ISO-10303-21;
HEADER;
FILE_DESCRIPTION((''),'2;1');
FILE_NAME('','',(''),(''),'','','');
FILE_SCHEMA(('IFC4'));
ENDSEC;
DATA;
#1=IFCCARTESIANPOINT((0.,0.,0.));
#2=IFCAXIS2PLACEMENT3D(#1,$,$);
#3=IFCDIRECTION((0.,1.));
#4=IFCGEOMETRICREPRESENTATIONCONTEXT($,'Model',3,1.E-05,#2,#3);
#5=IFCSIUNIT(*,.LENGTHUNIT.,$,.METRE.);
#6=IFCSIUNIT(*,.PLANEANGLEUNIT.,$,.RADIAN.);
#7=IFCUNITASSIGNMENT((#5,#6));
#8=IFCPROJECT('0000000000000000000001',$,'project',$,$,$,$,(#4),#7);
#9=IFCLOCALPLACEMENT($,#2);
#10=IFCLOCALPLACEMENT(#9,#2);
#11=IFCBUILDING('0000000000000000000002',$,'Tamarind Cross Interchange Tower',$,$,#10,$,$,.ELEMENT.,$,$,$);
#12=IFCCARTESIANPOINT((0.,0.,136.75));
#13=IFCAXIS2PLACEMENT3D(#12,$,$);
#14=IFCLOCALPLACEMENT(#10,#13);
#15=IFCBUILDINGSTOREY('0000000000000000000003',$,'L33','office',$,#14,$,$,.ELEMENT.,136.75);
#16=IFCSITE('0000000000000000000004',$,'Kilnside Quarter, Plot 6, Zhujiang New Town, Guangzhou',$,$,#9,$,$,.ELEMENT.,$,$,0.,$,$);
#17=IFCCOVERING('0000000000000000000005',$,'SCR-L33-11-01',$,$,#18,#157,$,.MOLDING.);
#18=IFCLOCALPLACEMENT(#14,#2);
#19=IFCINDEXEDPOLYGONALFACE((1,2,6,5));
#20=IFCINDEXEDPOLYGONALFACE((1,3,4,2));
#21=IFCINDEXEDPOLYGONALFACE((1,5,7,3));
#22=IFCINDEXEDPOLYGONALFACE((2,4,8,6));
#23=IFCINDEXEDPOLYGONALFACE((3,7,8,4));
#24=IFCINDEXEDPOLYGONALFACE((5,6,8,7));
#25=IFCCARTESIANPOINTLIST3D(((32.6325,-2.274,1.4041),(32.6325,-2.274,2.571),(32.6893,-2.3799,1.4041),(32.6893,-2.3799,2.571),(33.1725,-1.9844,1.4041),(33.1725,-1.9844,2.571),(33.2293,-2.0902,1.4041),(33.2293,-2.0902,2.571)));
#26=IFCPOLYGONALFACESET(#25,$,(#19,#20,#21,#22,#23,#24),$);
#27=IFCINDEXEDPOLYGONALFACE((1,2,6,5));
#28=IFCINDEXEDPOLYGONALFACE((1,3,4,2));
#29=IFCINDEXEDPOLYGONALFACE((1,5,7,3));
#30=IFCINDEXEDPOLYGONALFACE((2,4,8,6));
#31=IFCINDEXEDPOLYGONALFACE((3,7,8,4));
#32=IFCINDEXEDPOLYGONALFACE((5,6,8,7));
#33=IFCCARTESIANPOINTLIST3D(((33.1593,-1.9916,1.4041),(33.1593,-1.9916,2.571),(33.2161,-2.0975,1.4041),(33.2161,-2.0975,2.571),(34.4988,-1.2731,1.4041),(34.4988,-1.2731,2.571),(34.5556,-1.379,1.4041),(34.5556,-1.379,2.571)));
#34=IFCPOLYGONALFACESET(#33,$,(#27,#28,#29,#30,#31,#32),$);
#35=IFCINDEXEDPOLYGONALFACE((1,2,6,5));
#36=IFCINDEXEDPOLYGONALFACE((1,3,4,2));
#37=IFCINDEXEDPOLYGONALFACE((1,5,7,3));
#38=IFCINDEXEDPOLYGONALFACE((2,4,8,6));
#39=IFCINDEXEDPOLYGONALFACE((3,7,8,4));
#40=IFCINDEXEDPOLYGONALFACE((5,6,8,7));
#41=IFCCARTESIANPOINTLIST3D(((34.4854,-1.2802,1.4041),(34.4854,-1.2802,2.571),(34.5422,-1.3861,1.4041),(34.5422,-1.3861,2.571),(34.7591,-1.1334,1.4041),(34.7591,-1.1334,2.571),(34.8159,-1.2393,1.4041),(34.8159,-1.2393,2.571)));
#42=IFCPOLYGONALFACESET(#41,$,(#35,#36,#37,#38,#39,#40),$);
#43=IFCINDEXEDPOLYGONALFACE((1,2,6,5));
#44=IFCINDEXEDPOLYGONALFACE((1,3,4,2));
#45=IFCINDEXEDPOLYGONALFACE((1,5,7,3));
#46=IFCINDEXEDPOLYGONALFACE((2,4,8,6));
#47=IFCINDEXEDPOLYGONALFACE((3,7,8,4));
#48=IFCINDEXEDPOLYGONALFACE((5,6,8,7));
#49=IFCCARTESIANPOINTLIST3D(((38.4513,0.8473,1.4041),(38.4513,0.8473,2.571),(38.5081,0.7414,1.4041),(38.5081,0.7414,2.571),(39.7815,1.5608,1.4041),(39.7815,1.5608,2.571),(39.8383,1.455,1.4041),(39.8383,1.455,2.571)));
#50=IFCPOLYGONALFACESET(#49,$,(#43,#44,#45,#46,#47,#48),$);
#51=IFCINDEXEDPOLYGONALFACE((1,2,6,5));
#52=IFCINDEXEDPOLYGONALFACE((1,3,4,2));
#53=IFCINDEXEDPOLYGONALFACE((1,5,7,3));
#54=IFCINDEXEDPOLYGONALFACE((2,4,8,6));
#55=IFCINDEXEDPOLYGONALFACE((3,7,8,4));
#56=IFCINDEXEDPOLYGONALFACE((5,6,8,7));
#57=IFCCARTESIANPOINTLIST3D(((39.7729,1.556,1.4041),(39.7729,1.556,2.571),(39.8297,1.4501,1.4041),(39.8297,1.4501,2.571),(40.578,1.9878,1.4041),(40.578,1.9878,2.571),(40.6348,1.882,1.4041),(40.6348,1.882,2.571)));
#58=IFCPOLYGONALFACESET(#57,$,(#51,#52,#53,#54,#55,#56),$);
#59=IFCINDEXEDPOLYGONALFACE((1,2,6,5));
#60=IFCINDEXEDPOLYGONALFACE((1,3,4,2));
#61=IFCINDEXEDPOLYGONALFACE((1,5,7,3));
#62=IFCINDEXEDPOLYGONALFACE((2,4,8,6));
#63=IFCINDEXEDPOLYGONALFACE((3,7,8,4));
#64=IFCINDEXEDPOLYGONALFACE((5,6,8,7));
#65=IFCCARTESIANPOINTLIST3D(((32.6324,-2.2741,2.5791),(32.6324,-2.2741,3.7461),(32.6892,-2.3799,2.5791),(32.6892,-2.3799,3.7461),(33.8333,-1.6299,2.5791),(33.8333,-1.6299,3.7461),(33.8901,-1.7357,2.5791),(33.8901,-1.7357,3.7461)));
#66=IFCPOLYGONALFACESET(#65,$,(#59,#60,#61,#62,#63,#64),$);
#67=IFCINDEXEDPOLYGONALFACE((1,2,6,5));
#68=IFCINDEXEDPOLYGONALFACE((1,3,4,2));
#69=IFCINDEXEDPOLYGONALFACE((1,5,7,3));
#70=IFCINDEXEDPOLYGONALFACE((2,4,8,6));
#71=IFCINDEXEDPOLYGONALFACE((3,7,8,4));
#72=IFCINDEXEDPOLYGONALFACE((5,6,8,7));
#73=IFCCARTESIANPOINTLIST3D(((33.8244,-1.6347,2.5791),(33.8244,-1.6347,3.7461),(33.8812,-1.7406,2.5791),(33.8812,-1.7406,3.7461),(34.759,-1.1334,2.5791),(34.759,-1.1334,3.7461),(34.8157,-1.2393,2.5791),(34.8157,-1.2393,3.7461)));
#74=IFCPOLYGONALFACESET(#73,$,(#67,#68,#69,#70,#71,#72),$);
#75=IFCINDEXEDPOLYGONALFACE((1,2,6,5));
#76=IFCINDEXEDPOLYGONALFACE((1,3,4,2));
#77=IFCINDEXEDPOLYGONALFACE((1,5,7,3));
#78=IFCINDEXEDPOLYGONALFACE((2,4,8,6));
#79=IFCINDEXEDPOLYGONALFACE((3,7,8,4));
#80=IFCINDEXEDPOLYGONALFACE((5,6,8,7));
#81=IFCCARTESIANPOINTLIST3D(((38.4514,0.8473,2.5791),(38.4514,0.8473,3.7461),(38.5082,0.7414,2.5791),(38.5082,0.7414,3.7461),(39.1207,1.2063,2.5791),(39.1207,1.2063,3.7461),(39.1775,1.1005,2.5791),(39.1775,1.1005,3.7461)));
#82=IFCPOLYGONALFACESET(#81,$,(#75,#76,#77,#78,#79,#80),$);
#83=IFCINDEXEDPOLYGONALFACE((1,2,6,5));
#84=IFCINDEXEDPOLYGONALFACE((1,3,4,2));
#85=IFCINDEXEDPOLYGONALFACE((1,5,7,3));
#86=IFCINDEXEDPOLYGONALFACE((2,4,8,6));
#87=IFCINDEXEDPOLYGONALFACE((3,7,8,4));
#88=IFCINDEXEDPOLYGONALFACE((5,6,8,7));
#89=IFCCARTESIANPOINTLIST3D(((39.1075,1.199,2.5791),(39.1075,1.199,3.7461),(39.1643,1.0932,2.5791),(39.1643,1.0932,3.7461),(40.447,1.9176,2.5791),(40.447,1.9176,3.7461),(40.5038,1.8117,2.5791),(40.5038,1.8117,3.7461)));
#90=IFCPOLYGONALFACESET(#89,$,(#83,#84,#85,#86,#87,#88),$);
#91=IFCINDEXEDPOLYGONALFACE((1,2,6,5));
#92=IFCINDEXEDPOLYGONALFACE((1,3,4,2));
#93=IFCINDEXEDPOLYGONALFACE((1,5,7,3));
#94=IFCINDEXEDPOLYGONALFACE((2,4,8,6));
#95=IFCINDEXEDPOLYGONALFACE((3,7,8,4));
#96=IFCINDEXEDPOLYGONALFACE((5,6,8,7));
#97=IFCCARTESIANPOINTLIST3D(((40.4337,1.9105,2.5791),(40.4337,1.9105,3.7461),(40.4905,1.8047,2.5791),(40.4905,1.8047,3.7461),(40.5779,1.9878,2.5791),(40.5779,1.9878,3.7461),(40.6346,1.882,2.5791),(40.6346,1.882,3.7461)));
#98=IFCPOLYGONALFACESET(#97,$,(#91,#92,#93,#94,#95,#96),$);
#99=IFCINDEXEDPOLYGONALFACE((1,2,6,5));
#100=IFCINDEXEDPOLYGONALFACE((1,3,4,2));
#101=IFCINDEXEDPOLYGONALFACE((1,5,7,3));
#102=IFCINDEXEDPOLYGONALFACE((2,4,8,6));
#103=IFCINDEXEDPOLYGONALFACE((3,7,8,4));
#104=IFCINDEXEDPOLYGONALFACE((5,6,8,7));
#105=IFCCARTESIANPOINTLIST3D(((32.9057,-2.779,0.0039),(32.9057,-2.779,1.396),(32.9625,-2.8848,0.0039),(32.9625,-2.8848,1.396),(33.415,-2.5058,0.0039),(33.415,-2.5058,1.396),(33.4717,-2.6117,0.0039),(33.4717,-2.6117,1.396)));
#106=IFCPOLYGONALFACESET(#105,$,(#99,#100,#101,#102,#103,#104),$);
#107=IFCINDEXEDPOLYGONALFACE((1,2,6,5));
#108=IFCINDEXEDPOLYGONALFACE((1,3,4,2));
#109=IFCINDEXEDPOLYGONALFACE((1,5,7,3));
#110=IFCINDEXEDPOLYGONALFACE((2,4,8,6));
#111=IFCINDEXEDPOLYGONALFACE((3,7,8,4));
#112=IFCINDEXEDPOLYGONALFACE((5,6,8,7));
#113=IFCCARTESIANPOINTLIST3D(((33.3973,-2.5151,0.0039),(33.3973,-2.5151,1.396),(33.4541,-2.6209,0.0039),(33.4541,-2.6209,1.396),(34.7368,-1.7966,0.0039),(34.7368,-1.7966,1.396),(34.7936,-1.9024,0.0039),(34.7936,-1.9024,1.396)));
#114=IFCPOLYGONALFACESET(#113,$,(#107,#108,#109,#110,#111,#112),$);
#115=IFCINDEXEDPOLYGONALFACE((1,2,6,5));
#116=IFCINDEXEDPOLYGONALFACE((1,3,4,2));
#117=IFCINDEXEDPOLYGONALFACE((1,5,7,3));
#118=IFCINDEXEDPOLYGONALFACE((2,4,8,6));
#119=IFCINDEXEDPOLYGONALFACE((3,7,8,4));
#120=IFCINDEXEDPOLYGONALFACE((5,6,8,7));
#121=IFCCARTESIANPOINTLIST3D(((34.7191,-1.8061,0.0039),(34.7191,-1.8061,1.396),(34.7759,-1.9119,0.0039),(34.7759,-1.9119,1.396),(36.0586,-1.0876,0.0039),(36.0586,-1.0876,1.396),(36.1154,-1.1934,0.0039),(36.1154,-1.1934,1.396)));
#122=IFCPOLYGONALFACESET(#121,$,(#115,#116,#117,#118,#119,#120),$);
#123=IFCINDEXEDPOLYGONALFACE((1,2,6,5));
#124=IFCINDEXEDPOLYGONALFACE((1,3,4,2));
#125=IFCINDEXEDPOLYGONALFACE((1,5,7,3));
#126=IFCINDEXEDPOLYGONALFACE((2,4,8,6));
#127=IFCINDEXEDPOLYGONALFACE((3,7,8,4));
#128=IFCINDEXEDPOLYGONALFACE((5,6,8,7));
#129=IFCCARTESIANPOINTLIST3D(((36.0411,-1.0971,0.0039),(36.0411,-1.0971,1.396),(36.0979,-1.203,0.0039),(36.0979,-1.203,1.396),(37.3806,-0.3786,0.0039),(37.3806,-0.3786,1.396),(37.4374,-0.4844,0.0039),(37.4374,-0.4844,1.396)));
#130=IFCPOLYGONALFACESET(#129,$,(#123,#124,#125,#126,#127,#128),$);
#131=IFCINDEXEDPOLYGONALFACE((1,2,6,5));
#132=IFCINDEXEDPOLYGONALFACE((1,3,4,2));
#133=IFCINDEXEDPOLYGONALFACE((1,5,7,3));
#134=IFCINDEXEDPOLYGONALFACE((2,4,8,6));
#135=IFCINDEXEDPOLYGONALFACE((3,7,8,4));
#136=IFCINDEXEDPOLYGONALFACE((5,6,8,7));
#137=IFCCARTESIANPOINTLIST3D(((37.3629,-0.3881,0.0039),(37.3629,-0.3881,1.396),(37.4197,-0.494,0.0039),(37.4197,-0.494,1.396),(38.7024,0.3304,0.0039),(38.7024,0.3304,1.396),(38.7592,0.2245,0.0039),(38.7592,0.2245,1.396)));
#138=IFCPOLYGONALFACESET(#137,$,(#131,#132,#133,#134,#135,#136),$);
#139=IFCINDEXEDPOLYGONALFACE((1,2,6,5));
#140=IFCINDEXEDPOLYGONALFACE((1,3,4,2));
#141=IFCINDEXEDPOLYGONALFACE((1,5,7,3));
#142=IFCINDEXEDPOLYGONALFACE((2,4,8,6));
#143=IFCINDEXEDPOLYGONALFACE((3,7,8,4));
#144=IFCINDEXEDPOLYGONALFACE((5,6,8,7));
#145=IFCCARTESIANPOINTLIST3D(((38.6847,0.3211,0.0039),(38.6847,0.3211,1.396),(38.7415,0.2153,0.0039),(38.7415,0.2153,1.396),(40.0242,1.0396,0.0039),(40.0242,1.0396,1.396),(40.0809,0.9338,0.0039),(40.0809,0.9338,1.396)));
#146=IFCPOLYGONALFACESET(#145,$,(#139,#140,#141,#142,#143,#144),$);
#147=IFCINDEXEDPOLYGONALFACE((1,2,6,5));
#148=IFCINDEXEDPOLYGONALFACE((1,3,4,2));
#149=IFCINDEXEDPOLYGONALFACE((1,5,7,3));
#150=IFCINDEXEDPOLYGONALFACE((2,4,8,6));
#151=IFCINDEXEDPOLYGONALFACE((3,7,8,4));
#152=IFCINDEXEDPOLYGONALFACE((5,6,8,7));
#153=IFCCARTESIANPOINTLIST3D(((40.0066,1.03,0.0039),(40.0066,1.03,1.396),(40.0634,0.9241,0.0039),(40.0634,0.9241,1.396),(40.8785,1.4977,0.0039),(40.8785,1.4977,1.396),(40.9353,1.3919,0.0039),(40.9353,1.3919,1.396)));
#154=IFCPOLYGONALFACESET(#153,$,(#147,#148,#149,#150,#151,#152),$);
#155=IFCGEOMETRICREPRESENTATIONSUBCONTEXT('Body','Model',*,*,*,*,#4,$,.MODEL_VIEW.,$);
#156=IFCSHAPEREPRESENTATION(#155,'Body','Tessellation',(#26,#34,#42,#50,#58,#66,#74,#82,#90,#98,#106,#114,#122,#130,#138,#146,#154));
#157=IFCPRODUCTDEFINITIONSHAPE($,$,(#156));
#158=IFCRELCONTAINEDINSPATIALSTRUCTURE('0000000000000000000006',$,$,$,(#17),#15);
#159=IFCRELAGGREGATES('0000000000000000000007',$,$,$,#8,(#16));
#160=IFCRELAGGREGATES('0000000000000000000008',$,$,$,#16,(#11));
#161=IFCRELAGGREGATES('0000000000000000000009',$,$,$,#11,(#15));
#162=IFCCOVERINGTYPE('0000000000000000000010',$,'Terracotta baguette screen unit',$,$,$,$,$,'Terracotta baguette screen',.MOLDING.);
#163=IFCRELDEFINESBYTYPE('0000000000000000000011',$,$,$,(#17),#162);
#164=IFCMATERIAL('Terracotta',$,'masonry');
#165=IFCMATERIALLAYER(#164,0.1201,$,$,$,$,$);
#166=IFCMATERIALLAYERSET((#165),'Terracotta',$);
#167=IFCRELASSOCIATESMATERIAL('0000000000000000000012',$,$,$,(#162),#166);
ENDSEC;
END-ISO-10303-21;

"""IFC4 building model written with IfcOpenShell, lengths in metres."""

from ifc_helpers import new_model, si_unit, direction, frame, origin, origin_2d, place, context, subcontext, project, spatial, rectangle, extrude, material, layer, layer_set, type_object, element, save


model = new_model("IFC4")

# Units and contexts
model_context = context("Model", 3, precision=1e-05, world=origin(), true_north=direction((0.0, 1.0)))
body_context = subcontext(model_context, "Body", "Model", "MODEL_VIEW")
ifc_project = project(units=[si_unit("LENGTHUNIT", "METRE"), si_unit("PLANEANGLEUNIT", "RADIAN")], contexts=[model_context])

# Site, building, storey
site_placement = place(None, origin())
site = spatial("IfcSite", under=ifc_project, at=site_placement, Name="Kilnside Quarter, Plot 6, Zhujiang New Town, Guangzhou", CompositionType="ELEMENT", RefElevation=0.0)
building_placement = place(site_placement, origin())
building = spatial("IfcBuilding", under=site, at=building_placement, Name="Tamarind Cross Interchange Tower", CompositionType="ELEMENT")
storey_placement = place(building_placement, frame((0.0, 0.0, 136.75)))
storey = spatial("IfcBuildingStorey", under=building, at=storey_placement, Name="L33", Description="office", CompositionType="ELEMENT", Elevation=136.75)

# Covering
ifc_material_1 = material(Name="Terracotta", Category="masonry")
ifc_layer_1 = layer(ifc_material_1, 0.1201)
ifc_layer_set_1 = layer_set([ifc_layer_1], Name="Terracotta")
covering_type = type_object("IfcCoveringType", Name="Terracotta baguette screen unit", ElementType="Terracotta baguette screen", PredefinedType="MOLDING", material=ifc_layer_set_1)
covering_1_placement = place(storey_placement, origin())
element("IfcCovering", 1, at=covering_1_placement, inside=storey, type_object=covering_type, Name="SCR-L33-11-01", PredefinedType="MOLDING", context=body_context, shape_type="SweptSolid", body=[
    extrude(rectangle(XDim=0.6128, YDim=0.1201, at=origin_2d()), frame((32.9309, -2.1821, 1.4041), z_axis=(0.0, 0.0, 1.0), x_axis=(0.881224, 0.472698, 0.0)), (0.0, 0.0, 1.0), 1.167),
    extrude(rectangle(XDim=1.52, YDim=0.1201, at=origin_2d()), frame((33.8574, -1.6853, 1.4041), z_axis=(0.0, 0.0, 1.0), x_axis=(0.881224, 0.472698, 0.0)), (0.0, 0.0, 1.0), 1.167),
    extrude(rectangle(XDim=0.3105, YDim=0.1201, at=origin_2d()), frame((34.6506, -1.2598, 1.4041), z_axis=(0.0, 0.0, 1.0), x_axis=(0.881224, 0.472698, 0.0)), (0.0, 0.0, 1.0), 1.167),
    extrude(rectangle(XDim=1.5095, YDim=0.1201, at=origin_2d()), frame((39.1448, 1.1511, 1.4041), z_axis=(0.0, 0.0, 1.0), x_axis=(0.881224, 0.472698, 0.0)), (0.0, 0.0, 1.0), 1.167),
    extrude(rectangle(XDim=0.9136, YDim=0.1201, at=origin_2d()), frame((40.2039, 1.719, 1.4041), z_axis=(0.0, 0.0, 1.0), x_axis=(0.881224, 0.472698, 0.0)), (0.0, 0.0, 1.0), 1.167),
    extrude(rectangle(XDim=1.3628, YDim=0.1201, at=origin_2d()), frame((33.2612, -2.0049, 2.5791), z_axis=(0.0, 0.0, 1.0), x_axis=(0.881224, 0.472698, 0.0)), (0.0, 0.0, 1.0), 1.167),
    extrude(rectangle(XDim=1.0605, YDim=0.1201, at=origin_2d()), frame((34.3201, -1.437, 2.5791), z_axis=(0.0, 0.0, 1.0), x_axis=(0.881224, 0.472698, 0.0)), (0.0, 0.0, 1.0), 1.167),
    extrude(rectangle(XDim=0.7595, YDim=0.1201, at=origin_2d()), frame((38.8145, 0.9739, 2.5791), z_axis=(0.0, 0.0, 1.0), x_axis=(0.881224, 0.472698, 0.0)), (0.0, 0.0, 1.0), 1.167),
    extrude(rectangle(XDim=1.52, YDim=0.1201, at=origin_2d()), frame((39.8057, 1.5054, 2.5791), z_axis=(0.0, 0.0, 1.0), x_axis=(0.881224, 0.472698, 0.0)), (0.0, 0.0, 1.0), 1.167),
    extrude(rectangle(XDim=0.1636, YDim=0.1201, at=origin_2d()), frame((40.5342, 1.8962, 2.5791), z_axis=(0.0, 0.0, 1.0), x_axis=(0.881224, 0.472698, 0.0)), (0.0, 0.0, 1.0), 1.167),
    extrude(rectangle(XDim=0.5779, YDim=0.1201, at=origin_2d()), frame((33.1887, -2.6953, 0.0039), z_axis=(0.0, 0.0, 1.0), x_axis=(0.881224, 0.472698, 0.0)), (0.0, 0.0, 1.0), 1.3921),
    extrude(rectangle(XDim=1.52, YDim=0.1201, at=origin_2d()), frame((34.0955, -2.2087, 0.0039), z_axis=(0.0, 0.0, 1.0), x_axis=(0.881224, 0.472698, 0.0)), (0.0, 0.0, 1.0), 1.3921),
    extrude(rectangle(XDim=1.52, YDim=0.1201, at=origin_2d()), frame((35.4172, -1.4998, 0.0039), z_axis=(0.0, 0.0, 1.0), x_axis=(0.881224, 0.472698, 0.0)), (0.0, 0.0, 1.0), 1.3921),
    extrude(rectangle(XDim=1.52, YDim=0.1201, at=origin_2d()), frame((36.7393, -0.7908, 0.0039), z_axis=(0.0, 0.0, 1.0), x_axis=(0.881224, 0.472698, 0.0)), (0.0, 0.0, 1.0), 1.3921),
    extrude(rectangle(XDim=1.52, YDim=0.1201, at=origin_2d()), frame((38.061, -0.0818, 0.0039), z_axis=(0.0, 0.0, 1.0), x_axis=(0.881224, 0.472698, 0.0)), (0.0, 0.0, 1.0), 1.3921),
    extrude(rectangle(XDim=1.52, YDim=0.1201, at=origin_2d()), frame((39.3828, 0.6274, 0.0039), z_axis=(0.0, 0.0, 1.0), x_axis=(0.881224, 0.472698, 0.0)), (0.0, 0.0, 1.0), 1.3921),
    extrude(rectangle(XDim=0.9895, YDim=0.1201, at=origin_2d()), frame((40.4709, 1.2109, 0.0039), z_axis=(0.0, 0.0, 1.0), x_axis=(0.881224, 0.472698, 0.0)), (0.0, 0.0, 1.0), 1.3921),
])

save(model, "model.ifc")
